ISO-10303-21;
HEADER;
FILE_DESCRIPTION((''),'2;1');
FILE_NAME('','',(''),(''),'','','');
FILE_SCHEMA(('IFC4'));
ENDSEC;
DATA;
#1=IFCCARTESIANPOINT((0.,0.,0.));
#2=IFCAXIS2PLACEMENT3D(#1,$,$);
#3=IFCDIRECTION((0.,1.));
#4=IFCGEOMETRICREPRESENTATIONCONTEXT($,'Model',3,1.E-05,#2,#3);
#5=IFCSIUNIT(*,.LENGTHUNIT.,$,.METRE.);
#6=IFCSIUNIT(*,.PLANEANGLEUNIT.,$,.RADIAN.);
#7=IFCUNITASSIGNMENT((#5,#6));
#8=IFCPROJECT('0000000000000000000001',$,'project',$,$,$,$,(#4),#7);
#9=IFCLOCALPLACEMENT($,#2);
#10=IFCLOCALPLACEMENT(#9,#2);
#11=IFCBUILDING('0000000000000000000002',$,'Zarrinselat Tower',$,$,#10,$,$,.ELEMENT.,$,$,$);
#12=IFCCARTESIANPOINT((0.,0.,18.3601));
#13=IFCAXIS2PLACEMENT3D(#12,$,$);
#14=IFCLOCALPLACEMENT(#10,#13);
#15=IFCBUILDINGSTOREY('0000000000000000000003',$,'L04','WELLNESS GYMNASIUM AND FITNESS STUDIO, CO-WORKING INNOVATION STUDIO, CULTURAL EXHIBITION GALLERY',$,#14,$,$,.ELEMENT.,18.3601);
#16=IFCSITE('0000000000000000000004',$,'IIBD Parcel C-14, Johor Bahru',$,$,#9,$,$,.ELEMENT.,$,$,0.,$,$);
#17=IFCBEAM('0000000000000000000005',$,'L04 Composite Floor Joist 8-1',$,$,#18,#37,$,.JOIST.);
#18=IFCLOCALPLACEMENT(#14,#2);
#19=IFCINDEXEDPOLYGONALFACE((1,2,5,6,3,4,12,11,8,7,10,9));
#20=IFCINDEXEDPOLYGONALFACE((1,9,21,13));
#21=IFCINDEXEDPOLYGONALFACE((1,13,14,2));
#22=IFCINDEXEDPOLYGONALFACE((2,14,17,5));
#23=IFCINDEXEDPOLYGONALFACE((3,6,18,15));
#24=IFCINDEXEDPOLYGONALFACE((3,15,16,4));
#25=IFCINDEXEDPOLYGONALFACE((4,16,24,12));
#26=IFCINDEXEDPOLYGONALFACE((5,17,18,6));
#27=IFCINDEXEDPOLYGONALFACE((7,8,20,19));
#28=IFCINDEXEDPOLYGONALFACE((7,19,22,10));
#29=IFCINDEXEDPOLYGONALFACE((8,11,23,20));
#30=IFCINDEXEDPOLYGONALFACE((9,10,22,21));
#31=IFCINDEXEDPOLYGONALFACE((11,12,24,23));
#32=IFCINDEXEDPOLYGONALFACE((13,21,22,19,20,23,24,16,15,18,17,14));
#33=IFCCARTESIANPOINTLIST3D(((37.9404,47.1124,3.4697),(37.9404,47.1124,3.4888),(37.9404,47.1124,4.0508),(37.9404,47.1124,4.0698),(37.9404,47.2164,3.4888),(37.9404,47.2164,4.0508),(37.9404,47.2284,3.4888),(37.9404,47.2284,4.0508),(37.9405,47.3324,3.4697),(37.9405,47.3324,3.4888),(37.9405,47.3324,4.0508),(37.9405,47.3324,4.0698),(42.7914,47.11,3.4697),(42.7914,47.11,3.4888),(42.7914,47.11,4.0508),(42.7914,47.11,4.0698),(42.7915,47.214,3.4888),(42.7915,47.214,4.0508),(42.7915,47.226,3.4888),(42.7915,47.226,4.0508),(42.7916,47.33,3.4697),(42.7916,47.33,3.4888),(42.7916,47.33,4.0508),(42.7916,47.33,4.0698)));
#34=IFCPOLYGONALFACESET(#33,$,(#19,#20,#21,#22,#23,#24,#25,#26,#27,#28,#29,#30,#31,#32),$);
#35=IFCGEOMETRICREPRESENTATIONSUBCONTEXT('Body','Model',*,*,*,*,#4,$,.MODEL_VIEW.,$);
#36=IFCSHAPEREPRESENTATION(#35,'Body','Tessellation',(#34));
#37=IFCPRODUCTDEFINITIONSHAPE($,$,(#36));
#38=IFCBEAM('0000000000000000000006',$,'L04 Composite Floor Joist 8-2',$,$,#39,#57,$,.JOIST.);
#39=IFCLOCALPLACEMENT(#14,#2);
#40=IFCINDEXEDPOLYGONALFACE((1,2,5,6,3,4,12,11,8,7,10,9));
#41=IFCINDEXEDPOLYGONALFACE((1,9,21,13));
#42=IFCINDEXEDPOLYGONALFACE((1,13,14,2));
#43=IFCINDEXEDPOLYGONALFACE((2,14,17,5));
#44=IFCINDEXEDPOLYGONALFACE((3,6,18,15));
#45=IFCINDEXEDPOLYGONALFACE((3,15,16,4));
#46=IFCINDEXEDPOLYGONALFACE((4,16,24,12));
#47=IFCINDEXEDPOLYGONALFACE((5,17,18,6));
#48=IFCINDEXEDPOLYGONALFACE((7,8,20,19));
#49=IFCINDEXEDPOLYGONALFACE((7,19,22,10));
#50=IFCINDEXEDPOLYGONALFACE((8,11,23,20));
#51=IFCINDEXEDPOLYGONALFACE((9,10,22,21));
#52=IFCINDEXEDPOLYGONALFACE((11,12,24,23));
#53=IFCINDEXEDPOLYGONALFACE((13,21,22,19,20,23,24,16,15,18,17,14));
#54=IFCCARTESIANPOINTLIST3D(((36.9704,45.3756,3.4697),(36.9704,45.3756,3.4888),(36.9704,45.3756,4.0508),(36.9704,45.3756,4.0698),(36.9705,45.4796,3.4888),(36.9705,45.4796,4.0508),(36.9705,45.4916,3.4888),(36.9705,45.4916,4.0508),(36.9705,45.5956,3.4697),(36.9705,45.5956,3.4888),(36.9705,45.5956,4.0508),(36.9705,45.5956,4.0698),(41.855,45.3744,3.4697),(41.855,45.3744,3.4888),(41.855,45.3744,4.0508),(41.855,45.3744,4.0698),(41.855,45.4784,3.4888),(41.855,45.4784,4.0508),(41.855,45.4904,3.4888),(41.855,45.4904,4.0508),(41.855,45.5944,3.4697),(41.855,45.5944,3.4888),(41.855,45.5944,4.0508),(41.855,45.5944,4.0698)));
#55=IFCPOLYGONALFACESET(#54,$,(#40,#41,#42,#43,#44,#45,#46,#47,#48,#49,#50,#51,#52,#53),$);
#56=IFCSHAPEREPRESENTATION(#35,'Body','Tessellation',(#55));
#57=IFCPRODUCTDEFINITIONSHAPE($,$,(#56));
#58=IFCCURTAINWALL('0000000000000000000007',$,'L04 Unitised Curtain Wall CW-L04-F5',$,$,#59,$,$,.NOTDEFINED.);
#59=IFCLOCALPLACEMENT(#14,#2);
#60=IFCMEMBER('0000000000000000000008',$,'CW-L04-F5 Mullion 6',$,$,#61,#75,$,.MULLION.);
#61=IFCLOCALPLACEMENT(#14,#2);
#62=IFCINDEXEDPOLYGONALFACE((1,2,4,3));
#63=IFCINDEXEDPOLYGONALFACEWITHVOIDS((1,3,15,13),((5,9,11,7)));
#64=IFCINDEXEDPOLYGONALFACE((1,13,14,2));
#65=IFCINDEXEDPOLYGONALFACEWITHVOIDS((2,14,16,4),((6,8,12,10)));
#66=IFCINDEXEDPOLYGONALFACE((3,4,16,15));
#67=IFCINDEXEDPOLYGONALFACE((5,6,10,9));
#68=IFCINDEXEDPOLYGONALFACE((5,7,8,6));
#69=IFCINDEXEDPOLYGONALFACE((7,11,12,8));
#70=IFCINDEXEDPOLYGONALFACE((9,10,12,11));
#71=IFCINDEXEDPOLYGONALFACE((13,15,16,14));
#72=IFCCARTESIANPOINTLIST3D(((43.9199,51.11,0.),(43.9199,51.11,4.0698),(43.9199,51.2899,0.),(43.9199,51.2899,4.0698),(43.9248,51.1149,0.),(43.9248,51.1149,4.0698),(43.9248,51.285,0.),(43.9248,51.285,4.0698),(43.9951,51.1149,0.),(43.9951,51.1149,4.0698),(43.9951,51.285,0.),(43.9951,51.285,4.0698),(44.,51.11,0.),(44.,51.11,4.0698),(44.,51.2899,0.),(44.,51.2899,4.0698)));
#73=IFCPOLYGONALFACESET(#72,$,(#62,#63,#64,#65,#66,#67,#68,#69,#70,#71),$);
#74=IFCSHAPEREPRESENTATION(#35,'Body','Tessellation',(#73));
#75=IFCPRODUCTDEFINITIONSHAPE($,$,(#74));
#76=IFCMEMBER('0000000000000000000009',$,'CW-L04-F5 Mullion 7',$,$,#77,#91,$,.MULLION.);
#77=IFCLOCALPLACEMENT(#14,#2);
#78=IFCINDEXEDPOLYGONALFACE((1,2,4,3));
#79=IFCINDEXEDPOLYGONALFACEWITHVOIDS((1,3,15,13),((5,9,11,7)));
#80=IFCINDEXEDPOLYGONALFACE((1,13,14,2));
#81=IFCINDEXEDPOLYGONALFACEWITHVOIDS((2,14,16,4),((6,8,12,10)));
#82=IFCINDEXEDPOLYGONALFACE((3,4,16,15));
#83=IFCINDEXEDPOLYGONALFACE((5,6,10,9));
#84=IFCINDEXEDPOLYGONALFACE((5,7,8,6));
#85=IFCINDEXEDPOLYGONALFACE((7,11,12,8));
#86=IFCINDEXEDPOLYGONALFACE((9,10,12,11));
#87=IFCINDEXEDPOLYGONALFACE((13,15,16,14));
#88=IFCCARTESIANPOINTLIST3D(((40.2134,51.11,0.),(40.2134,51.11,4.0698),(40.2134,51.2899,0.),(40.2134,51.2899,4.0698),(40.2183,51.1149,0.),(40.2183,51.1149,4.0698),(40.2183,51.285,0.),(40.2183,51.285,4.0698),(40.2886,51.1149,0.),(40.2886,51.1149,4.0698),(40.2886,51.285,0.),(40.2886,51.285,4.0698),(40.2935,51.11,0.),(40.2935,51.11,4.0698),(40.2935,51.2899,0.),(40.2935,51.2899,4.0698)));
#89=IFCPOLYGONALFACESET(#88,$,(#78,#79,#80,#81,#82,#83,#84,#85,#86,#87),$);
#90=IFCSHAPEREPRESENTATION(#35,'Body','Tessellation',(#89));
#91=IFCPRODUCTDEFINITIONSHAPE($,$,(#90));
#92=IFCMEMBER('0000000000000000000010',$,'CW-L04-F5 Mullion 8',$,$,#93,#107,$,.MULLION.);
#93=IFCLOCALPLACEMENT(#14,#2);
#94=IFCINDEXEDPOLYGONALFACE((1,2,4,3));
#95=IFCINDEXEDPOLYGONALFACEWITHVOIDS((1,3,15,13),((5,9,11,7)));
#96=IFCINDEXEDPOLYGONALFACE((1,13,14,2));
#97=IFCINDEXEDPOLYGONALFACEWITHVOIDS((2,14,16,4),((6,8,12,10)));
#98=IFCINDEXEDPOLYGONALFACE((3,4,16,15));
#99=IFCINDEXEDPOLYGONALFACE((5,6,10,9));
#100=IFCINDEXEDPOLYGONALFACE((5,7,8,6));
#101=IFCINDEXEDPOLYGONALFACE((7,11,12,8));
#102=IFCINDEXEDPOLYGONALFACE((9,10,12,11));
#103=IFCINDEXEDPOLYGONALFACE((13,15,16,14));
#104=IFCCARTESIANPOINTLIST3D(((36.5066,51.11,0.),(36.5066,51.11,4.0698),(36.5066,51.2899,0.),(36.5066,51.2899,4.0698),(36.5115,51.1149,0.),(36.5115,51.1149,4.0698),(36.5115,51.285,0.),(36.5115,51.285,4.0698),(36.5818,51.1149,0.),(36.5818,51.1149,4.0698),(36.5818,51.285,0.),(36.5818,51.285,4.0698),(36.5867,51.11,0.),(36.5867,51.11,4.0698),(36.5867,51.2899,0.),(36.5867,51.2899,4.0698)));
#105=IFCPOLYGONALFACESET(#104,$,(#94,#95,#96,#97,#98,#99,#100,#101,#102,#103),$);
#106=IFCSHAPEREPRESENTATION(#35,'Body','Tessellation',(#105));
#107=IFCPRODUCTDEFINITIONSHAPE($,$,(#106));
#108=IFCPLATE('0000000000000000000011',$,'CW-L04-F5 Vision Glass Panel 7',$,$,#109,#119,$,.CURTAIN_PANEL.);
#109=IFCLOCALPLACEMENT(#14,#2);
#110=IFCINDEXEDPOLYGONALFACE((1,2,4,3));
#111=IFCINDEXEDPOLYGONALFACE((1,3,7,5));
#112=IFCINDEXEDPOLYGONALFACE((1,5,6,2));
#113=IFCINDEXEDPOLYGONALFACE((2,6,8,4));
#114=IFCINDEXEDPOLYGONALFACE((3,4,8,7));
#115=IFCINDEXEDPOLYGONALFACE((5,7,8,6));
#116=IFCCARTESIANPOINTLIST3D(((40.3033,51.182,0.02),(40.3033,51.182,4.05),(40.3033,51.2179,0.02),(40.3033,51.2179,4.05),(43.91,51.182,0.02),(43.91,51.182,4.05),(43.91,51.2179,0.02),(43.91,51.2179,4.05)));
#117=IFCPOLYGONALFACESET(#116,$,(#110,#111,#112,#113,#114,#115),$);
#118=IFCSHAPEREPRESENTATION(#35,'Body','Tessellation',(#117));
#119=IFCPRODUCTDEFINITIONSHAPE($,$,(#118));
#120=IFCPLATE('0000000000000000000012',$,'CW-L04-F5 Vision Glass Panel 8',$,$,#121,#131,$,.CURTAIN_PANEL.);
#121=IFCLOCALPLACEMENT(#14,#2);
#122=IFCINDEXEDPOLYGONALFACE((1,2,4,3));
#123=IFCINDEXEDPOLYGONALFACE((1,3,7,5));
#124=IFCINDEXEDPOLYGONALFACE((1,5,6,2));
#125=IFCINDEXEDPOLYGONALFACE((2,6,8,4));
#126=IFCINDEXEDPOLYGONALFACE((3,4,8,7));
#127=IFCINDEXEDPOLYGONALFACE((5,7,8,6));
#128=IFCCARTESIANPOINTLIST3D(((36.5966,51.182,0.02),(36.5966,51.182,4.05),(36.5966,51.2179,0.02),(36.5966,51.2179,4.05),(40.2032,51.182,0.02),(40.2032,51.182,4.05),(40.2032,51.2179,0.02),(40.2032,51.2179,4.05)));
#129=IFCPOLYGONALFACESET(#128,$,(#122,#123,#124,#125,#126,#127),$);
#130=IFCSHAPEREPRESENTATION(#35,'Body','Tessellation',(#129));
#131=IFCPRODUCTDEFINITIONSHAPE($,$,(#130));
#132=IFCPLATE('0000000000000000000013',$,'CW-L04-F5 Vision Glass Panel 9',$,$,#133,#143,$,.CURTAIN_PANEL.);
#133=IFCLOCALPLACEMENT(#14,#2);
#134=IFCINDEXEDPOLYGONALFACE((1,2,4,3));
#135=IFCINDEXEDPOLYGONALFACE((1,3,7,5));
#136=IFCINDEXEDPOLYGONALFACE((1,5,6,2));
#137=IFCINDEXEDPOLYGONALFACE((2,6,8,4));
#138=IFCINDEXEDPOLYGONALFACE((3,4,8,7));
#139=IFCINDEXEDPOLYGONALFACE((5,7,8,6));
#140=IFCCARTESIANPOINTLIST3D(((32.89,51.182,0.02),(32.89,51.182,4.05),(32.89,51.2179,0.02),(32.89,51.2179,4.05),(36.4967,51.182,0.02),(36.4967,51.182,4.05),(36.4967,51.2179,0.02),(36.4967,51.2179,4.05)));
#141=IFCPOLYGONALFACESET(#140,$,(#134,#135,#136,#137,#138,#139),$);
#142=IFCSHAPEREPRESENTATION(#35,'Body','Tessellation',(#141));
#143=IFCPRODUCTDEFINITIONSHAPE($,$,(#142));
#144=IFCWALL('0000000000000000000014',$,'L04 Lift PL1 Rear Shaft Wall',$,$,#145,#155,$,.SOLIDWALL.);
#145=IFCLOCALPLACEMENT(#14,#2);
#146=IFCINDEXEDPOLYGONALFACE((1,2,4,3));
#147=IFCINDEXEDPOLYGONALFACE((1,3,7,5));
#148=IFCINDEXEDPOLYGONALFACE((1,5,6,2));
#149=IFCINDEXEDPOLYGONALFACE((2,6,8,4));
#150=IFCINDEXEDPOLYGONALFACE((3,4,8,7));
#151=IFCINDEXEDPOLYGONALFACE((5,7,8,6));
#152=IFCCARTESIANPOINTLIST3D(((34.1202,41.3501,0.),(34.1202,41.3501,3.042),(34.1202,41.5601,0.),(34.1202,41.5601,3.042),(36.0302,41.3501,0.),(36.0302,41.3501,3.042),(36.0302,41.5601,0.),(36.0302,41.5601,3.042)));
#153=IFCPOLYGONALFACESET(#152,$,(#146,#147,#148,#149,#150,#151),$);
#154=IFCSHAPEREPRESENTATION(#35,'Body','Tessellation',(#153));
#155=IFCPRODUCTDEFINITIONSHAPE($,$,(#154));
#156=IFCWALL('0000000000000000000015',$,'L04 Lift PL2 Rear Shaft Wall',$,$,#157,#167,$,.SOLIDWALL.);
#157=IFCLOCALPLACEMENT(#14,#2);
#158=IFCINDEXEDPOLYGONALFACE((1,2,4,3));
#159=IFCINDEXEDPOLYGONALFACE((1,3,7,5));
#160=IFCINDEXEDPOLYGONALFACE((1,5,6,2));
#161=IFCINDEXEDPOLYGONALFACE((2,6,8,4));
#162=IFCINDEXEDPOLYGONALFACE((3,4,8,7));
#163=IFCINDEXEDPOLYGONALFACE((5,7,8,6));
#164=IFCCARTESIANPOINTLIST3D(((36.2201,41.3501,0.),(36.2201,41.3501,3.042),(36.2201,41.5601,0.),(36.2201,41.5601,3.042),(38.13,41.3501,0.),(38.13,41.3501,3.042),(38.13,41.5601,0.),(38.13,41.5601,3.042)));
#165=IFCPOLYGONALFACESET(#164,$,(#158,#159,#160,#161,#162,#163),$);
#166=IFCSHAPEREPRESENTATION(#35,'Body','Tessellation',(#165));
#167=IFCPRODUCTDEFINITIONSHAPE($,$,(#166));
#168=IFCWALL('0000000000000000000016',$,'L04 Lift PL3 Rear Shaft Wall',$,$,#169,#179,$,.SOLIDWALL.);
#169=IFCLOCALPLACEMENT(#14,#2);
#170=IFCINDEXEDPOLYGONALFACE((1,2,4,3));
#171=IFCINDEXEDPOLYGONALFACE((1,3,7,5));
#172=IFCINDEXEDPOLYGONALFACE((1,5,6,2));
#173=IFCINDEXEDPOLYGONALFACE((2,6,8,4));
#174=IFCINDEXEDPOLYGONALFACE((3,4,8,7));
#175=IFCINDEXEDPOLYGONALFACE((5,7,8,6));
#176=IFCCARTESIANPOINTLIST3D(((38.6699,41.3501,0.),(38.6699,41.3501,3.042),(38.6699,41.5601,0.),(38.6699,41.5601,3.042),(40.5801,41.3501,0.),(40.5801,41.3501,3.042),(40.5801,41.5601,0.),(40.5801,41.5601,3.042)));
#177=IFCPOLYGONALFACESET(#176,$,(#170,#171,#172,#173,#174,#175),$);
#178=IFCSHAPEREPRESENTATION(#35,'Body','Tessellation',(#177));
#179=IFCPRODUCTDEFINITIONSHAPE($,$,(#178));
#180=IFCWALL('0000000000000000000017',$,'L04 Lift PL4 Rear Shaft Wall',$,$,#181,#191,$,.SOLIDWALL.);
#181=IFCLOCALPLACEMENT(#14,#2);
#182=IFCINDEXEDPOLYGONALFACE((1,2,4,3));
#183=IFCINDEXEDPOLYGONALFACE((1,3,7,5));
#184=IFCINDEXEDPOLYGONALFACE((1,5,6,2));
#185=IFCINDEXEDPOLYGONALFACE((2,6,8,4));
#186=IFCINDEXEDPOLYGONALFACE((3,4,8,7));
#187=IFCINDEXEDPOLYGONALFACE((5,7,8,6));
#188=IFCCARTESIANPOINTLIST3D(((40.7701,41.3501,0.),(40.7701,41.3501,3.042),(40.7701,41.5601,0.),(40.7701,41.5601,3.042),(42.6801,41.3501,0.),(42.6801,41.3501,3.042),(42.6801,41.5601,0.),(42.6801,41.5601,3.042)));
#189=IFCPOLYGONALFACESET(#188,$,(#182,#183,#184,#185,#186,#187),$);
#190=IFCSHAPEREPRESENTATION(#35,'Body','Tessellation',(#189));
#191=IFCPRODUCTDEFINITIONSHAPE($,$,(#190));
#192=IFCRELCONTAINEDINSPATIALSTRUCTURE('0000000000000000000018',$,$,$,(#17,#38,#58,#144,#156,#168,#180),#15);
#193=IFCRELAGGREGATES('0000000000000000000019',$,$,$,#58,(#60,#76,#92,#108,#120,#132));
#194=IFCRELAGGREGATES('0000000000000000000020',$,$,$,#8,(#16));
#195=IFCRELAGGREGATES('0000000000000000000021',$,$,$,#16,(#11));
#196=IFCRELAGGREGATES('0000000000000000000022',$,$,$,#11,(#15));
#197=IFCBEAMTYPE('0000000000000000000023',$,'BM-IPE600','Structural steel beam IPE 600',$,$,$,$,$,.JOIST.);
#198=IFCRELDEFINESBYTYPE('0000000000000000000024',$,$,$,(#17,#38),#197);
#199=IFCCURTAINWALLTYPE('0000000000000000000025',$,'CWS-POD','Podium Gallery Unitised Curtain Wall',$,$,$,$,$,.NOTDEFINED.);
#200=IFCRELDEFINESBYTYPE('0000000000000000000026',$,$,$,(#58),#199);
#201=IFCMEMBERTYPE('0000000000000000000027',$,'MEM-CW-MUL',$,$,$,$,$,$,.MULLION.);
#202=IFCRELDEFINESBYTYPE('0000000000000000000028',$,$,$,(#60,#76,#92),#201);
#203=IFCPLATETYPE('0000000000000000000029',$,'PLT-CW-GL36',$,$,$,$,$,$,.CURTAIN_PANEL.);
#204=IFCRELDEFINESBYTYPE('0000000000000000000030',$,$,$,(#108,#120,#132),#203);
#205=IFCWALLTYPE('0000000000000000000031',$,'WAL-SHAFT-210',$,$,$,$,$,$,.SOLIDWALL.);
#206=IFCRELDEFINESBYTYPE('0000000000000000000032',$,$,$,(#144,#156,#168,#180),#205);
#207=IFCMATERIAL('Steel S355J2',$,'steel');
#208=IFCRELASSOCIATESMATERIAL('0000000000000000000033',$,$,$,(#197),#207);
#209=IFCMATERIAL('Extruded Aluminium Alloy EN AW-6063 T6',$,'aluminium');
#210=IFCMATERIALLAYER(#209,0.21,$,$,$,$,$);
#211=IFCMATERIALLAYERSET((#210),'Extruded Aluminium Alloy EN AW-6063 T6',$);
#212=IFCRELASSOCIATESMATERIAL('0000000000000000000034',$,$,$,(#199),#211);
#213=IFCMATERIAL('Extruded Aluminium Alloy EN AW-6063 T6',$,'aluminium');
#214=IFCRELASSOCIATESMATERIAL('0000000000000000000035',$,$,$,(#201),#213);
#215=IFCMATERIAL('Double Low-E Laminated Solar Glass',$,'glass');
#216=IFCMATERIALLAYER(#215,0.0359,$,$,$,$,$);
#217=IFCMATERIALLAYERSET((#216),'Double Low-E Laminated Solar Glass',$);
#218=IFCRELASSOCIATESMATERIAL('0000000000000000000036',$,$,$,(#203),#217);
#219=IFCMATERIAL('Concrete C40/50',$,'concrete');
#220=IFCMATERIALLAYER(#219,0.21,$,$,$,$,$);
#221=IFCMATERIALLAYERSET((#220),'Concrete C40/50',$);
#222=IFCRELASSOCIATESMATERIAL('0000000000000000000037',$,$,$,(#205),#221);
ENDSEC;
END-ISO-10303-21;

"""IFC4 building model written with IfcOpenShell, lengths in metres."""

from ifc_helpers import new_model, si_unit, direction, frame, frame_2d, origin, origin_2d, place, context, subcontext, project, spatial, rectangle, hollow_rectangle, i_section, extrude, material, layer, layer_set, material_profile, profile_set, type_object, element, aggregate, save


model = new_model("IFC4")

# Units and contexts
model_context = context("Model", 3, precision=1e-05, world=origin(), true_north=direction((0.0, 1.0)))
body_context = subcontext(model_context, "Body", "Model", "MODEL_VIEW")
ifc_project = project(units=[si_unit("LENGTHUNIT", "METRE"), si_unit("PLANEANGLEUNIT", "RADIAN")], contexts=[model_context])

# Site, building, storey
site_placement = place(None, origin())
site = spatial("IfcSite", under=ifc_project, at=site_placement, Name="IIBD Parcel C-14, Johor Bahru", CompositionType="ELEMENT", RefElevation=0.0)
building_placement = place(site_placement, origin())
building = spatial("IfcBuilding", under=site, at=building_placement, Name="Zarrinselat Tower", CompositionType="ELEMENT")
storey_placement = place(building_placement, frame((0.0, 0.0, 18.3601)))
storey = spatial("IfcBuildingStorey", under=building, at=storey_placement, Name="L04", Description="WELLNESS GYMNASIUM AND FITNESS STUDIO, CO-WORKING INNOVATION STUDIO, CULTURAL EXHIBITION GALLERY", CompositionType="ELEMENT", Elevation=18.3601)

# Beams
ifc_material_1 = material(Name="Steel S355J2", Category="steel")
ifc_material_profile_1 = material_profile(ifc_material_1, i_section(OverallWidth=0.22, OverallDepth=0.6001, WebThickness=0.012, FlangeThickness=0.019, at=origin_2d()), Name="IPE 600")
ifc_profile_set_1 = profile_set([ifc_material_profile_1], Name="Steel S355J2")
beam_type_1 = type_object("IfcBeamType", Name="BM-IPE600", Description="Structural steel beam IPE 600", PredefinedType="JOIST", material=ifc_profile_set_1)
beam_1_placement = place(storey_placement, frame((37.9404, 47.2224, 3.7698), z_axis=(1.0, -0.000503, 0.0), x_axis=(0.000503, 1.0, 0.0)))
element("IfcBeam", 1, at=beam_1_placement, inside=storey, type_object=beam_type_1, Name="L04 Composite Floor Joist 8-1", PredefinedType="JOIST", context=body_context, shape_type="SweptSolid", body=[
    extrude(i_section(OverallWidth=0.22, OverallDepth=0.6001, WebThickness=0.012, FlangeThickness=0.019, at=origin_2d()), origin(), (0.0, 0.0, 1.0), 4.8511),
])
beam_2_placement = place(storey_placement, frame((36.9705, 45.4856, 3.7698), z_axis=(1.0, -0.00025, 0.0), x_axis=(0.00025, 1.0, 0.0)))
element("IfcBeam", 2, at=beam_2_placement, inside=storey, type_object=beam_type_1, Name="L04 Composite Floor Joist 8-2", PredefinedType="JOIST", context=body_context, shape_type="SweptSolid", body=[
    extrude(i_section(OverallWidth=0.22, OverallDepth=0.6001, WebThickness=0.012, FlangeThickness=0.019, at=origin_2d()), origin(), (0.0, 0.0, 1.0), 4.8845),
])

# Curtain wall, members, plates
ifc_material_2 = material(Name="Extruded Aluminium Alloy EN AW-6063 T6", Category="aluminium")
ifc_layer_1 = layer(ifc_material_2, 0.21)
ifc_layer_set_1 = layer_set([ifc_layer_1], Name="Extruded Aluminium Alloy EN AW-6063 T6")
curtain_wall_type = type_object("IfcCurtainWallType", Name="CWS-POD", Description="Podium Gallery Unitised Curtain Wall", PredefinedType="NOTDEFINED", material=ifc_layer_set_1)
curtain_wall_placement = place(storey_placement, origin())
curtain_wall = element("IfcCurtainWall", 3, at=curtain_wall_placement, inside=storey, type_object=curtain_wall_type, Name="L04 Unitised Curtain Wall CW-L04-F5", PredefinedType="NOTDEFINED")
ifc_material_3 = material(Name="Extruded Aluminium Alloy EN AW-6063 T6", Category="aluminium")
ifc_material_profile_2 = material_profile(ifc_material_3, hollow_rectangle(XDim=0.0801, YDim=0.1799, WallThickness=0.0049, at=origin_2d()), Name="RHS 180x80x5")
ifc_profile_set_2 = profile_set([ifc_material_profile_2], Name="Extruded Aluminium Alloy EN AW-6063 T6")
member_type = type_object("IfcMemberType", Name="MEM-CW-MUL", PredefinedType="MULLION", material=ifc_profile_set_2)
member_1_placement = place(storey_placement, frame((43.96, 51.2, 0.0), z_axis=(0.0, 0.0, 1.0), x_axis=(-1.0, 0.0, 0.0)))
member_1 = element("IfcMember", 4, at=member_1_placement, type_object=member_type, Name="CW-L04-F5 Mullion 6", PredefinedType="MULLION", context=body_context, shape_type="SweptSolid", body=[
    extrude(hollow_rectangle(XDim=0.0801, YDim=0.1799, WallThickness=0.0049, at=origin_2d()), origin(), (0.0, 0.0, 1.0), 4.0698),
])
member_2_placement = place(storey_placement, frame((40.2534, 51.2, 0.0), z_axis=(0.0, 0.0, 1.0), x_axis=(-1.0, 0.0, 0.0)))
member_2 = element("IfcMember", 5, at=member_2_placement, type_object=member_type, Name="CW-L04-F5 Mullion 7", PredefinedType="MULLION", context=body_context, shape_type="SweptSolid", body=[
    extrude(hollow_rectangle(XDim=0.0801, YDim=0.1799, WallThickness=0.0049, at=origin_2d()), origin(), (0.0, 0.0, 1.0), 4.0698),
])
member_3_placement = place(storey_placement, frame((36.5466, 51.2, 0.0), z_axis=(0.0, 0.0, 1.0), x_axis=(-1.0, 0.0, 0.0)))
member_3 = element("IfcMember", 6, at=member_3_placement, type_object=member_type, Name="CW-L04-F5 Mullion 8", PredefinedType="MULLION", context=body_context, shape_type="SweptSolid", body=[
    extrude(hollow_rectangle(XDim=0.0801, YDim=0.1799, WallThickness=0.0049, at=origin_2d()), origin(), (0.0, 0.0, 1.0), 4.0698),
])
ifc_material_4 = material(Name="Double Low-E Laminated Solar Glass", Category="glass")
ifc_layer_2 = layer(ifc_material_4, 0.0359)
ifc_layer_set_2 = layer_set([ifc_layer_2], Name="Double Low-E Laminated Solar Glass")
plate_type = type_object("IfcPlateType", Name="PLT-CW-GL36", PredefinedType="CURTAIN_PANEL", material=ifc_layer_set_2)
plate_1_placement = place(storey_placement, frame((42.1067, 51.2, 0.02), z_axis=(0.0, 0.0, 1.0), x_axis=(-1.0, 0.0, 0.0)))
plate_1 = element("IfcPlate", 7, at=plate_1_placement, type_object=plate_type, Name="CW-L04-F5 Vision Glass Panel 7", PredefinedType="CURTAIN_PANEL", context=body_context, shape_type="SweptSolid", body=[
    extrude(rectangle(XDim=3.6067, YDim=0.0359, at=origin_2d()), origin(), (0.0, 0.0, 1.0), 4.03),
])
plate_2_placement = place(storey_placement, frame((38.3999, 51.2, 0.02), z_axis=(0.0, 0.0, 1.0), x_axis=(-1.0, 0.0, 0.0)))
plate_2 = element("IfcPlate", 8, at=plate_2_placement, type_object=plate_type, Name="CW-L04-F5 Vision Glass Panel 8", PredefinedType="CURTAIN_PANEL", context=body_context, shape_type="SweptSolid", body=[
    extrude(rectangle(XDim=3.6067, YDim=0.0359, at=origin_2d()), origin(), (0.0, 0.0, 1.0), 4.03),
])
plate_3_placement = place(storey_placement, frame((34.6934, 51.2, 0.02), z_axis=(0.0, 0.0, 1.0), x_axis=(-1.0, 0.0, 0.0)))
plate_3 = element("IfcPlate", 9, at=plate_3_placement, type_object=plate_type, Name="CW-L04-F5 Vision Glass Panel 9", PredefinedType="CURTAIN_PANEL", context=body_context, shape_type="SweptSolid", body=[
    extrude(rectangle(XDim=3.6067, YDim=0.0359, at=origin_2d()), origin(), (0.0, 0.0, 1.0), 4.03),
])
aggregate(curtain_wall, [member_1, member_2, member_3, plate_1, plate_2, plate_3])

# Walls
ifc_material_5 = material(Name="Concrete C40/50", Category="concrete")
ifc_layer_3 = layer(ifc_material_5, 0.21)
ifc_layer_set_3 = layer_set([ifc_layer_3], Name="Concrete C40/50")
wall_type = type_object("IfcWallType", Name="WAL-SHAFT-210", PredefinedType="SOLIDWALL", material=ifc_layer_set_3)
for number, where, z_axis, x_axis, name in (
    (10, (34.1201, 41.4551, 0.0), (0.0, 0.0, 1.0), (1.0, 0.0, 0.0), "L04 Lift PL1 Rear Shaft Wall"),
    (11, (36.22, 41.4551, 0.0), (0.0, 0.0, 1.0), (1.0, 0.0, 0.0), "L04 Lift PL2 Rear Shaft Wall"),
):
    element("IfcWall", number, at=place(storey_placement, frame(where, z_axis=z_axis, x_axis=x_axis)), inside=storey, type_object=wall_type, Name=name, PredefinedType="SOLIDWALL", context=body_context, shape_type="SweptSolid", body=[
        extrude(rectangle(XDim=1.9099, YDim=0.21, at=frame_2d((0.9551, 0.0))), origin(), (0.0, 0.0, 1.0), 3.042),
    ])
wall_1_placement = place(storey_placement, frame((38.6699, 41.4551, 0.0), z_axis=(0.0, 0.0, 1.0), x_axis=(1.0, 0.0, 0.0)))
element("IfcWall", 12, at=wall_1_placement, inside=storey, type_object=wall_type, Name="L04 Lift PL3 Rear Shaft Wall", PredefinedType="SOLIDWALL", context=body_context, shape_type="SweptSolid", body=[
    extrude(rectangle(XDim=1.9102, YDim=0.21, at=frame_2d((0.9551, 0.0))), origin(), (0.0, 0.0, 1.0), 3.042),
])
wall_2_placement = place(storey_placement, frame((40.77, 41.4551, 0.0), z_axis=(0.0, 0.0, 1.0), x_axis=(1.0, 0.0, 0.0)))
element("IfcWall", 13, at=wall_2_placement, inside=storey, type_object=wall_type, Name="L04 Lift PL4 Rear Shaft Wall", PredefinedType="SOLIDWALL", context=body_context, shape_type="SweptSolid", body=[
    extrude(rectangle(XDim=1.9099, YDim=0.21, at=frame_2d((0.9551, 0.0))), origin(), (0.0, 0.0, 1.0), 3.042),
])

save(model, "model.ifc")
